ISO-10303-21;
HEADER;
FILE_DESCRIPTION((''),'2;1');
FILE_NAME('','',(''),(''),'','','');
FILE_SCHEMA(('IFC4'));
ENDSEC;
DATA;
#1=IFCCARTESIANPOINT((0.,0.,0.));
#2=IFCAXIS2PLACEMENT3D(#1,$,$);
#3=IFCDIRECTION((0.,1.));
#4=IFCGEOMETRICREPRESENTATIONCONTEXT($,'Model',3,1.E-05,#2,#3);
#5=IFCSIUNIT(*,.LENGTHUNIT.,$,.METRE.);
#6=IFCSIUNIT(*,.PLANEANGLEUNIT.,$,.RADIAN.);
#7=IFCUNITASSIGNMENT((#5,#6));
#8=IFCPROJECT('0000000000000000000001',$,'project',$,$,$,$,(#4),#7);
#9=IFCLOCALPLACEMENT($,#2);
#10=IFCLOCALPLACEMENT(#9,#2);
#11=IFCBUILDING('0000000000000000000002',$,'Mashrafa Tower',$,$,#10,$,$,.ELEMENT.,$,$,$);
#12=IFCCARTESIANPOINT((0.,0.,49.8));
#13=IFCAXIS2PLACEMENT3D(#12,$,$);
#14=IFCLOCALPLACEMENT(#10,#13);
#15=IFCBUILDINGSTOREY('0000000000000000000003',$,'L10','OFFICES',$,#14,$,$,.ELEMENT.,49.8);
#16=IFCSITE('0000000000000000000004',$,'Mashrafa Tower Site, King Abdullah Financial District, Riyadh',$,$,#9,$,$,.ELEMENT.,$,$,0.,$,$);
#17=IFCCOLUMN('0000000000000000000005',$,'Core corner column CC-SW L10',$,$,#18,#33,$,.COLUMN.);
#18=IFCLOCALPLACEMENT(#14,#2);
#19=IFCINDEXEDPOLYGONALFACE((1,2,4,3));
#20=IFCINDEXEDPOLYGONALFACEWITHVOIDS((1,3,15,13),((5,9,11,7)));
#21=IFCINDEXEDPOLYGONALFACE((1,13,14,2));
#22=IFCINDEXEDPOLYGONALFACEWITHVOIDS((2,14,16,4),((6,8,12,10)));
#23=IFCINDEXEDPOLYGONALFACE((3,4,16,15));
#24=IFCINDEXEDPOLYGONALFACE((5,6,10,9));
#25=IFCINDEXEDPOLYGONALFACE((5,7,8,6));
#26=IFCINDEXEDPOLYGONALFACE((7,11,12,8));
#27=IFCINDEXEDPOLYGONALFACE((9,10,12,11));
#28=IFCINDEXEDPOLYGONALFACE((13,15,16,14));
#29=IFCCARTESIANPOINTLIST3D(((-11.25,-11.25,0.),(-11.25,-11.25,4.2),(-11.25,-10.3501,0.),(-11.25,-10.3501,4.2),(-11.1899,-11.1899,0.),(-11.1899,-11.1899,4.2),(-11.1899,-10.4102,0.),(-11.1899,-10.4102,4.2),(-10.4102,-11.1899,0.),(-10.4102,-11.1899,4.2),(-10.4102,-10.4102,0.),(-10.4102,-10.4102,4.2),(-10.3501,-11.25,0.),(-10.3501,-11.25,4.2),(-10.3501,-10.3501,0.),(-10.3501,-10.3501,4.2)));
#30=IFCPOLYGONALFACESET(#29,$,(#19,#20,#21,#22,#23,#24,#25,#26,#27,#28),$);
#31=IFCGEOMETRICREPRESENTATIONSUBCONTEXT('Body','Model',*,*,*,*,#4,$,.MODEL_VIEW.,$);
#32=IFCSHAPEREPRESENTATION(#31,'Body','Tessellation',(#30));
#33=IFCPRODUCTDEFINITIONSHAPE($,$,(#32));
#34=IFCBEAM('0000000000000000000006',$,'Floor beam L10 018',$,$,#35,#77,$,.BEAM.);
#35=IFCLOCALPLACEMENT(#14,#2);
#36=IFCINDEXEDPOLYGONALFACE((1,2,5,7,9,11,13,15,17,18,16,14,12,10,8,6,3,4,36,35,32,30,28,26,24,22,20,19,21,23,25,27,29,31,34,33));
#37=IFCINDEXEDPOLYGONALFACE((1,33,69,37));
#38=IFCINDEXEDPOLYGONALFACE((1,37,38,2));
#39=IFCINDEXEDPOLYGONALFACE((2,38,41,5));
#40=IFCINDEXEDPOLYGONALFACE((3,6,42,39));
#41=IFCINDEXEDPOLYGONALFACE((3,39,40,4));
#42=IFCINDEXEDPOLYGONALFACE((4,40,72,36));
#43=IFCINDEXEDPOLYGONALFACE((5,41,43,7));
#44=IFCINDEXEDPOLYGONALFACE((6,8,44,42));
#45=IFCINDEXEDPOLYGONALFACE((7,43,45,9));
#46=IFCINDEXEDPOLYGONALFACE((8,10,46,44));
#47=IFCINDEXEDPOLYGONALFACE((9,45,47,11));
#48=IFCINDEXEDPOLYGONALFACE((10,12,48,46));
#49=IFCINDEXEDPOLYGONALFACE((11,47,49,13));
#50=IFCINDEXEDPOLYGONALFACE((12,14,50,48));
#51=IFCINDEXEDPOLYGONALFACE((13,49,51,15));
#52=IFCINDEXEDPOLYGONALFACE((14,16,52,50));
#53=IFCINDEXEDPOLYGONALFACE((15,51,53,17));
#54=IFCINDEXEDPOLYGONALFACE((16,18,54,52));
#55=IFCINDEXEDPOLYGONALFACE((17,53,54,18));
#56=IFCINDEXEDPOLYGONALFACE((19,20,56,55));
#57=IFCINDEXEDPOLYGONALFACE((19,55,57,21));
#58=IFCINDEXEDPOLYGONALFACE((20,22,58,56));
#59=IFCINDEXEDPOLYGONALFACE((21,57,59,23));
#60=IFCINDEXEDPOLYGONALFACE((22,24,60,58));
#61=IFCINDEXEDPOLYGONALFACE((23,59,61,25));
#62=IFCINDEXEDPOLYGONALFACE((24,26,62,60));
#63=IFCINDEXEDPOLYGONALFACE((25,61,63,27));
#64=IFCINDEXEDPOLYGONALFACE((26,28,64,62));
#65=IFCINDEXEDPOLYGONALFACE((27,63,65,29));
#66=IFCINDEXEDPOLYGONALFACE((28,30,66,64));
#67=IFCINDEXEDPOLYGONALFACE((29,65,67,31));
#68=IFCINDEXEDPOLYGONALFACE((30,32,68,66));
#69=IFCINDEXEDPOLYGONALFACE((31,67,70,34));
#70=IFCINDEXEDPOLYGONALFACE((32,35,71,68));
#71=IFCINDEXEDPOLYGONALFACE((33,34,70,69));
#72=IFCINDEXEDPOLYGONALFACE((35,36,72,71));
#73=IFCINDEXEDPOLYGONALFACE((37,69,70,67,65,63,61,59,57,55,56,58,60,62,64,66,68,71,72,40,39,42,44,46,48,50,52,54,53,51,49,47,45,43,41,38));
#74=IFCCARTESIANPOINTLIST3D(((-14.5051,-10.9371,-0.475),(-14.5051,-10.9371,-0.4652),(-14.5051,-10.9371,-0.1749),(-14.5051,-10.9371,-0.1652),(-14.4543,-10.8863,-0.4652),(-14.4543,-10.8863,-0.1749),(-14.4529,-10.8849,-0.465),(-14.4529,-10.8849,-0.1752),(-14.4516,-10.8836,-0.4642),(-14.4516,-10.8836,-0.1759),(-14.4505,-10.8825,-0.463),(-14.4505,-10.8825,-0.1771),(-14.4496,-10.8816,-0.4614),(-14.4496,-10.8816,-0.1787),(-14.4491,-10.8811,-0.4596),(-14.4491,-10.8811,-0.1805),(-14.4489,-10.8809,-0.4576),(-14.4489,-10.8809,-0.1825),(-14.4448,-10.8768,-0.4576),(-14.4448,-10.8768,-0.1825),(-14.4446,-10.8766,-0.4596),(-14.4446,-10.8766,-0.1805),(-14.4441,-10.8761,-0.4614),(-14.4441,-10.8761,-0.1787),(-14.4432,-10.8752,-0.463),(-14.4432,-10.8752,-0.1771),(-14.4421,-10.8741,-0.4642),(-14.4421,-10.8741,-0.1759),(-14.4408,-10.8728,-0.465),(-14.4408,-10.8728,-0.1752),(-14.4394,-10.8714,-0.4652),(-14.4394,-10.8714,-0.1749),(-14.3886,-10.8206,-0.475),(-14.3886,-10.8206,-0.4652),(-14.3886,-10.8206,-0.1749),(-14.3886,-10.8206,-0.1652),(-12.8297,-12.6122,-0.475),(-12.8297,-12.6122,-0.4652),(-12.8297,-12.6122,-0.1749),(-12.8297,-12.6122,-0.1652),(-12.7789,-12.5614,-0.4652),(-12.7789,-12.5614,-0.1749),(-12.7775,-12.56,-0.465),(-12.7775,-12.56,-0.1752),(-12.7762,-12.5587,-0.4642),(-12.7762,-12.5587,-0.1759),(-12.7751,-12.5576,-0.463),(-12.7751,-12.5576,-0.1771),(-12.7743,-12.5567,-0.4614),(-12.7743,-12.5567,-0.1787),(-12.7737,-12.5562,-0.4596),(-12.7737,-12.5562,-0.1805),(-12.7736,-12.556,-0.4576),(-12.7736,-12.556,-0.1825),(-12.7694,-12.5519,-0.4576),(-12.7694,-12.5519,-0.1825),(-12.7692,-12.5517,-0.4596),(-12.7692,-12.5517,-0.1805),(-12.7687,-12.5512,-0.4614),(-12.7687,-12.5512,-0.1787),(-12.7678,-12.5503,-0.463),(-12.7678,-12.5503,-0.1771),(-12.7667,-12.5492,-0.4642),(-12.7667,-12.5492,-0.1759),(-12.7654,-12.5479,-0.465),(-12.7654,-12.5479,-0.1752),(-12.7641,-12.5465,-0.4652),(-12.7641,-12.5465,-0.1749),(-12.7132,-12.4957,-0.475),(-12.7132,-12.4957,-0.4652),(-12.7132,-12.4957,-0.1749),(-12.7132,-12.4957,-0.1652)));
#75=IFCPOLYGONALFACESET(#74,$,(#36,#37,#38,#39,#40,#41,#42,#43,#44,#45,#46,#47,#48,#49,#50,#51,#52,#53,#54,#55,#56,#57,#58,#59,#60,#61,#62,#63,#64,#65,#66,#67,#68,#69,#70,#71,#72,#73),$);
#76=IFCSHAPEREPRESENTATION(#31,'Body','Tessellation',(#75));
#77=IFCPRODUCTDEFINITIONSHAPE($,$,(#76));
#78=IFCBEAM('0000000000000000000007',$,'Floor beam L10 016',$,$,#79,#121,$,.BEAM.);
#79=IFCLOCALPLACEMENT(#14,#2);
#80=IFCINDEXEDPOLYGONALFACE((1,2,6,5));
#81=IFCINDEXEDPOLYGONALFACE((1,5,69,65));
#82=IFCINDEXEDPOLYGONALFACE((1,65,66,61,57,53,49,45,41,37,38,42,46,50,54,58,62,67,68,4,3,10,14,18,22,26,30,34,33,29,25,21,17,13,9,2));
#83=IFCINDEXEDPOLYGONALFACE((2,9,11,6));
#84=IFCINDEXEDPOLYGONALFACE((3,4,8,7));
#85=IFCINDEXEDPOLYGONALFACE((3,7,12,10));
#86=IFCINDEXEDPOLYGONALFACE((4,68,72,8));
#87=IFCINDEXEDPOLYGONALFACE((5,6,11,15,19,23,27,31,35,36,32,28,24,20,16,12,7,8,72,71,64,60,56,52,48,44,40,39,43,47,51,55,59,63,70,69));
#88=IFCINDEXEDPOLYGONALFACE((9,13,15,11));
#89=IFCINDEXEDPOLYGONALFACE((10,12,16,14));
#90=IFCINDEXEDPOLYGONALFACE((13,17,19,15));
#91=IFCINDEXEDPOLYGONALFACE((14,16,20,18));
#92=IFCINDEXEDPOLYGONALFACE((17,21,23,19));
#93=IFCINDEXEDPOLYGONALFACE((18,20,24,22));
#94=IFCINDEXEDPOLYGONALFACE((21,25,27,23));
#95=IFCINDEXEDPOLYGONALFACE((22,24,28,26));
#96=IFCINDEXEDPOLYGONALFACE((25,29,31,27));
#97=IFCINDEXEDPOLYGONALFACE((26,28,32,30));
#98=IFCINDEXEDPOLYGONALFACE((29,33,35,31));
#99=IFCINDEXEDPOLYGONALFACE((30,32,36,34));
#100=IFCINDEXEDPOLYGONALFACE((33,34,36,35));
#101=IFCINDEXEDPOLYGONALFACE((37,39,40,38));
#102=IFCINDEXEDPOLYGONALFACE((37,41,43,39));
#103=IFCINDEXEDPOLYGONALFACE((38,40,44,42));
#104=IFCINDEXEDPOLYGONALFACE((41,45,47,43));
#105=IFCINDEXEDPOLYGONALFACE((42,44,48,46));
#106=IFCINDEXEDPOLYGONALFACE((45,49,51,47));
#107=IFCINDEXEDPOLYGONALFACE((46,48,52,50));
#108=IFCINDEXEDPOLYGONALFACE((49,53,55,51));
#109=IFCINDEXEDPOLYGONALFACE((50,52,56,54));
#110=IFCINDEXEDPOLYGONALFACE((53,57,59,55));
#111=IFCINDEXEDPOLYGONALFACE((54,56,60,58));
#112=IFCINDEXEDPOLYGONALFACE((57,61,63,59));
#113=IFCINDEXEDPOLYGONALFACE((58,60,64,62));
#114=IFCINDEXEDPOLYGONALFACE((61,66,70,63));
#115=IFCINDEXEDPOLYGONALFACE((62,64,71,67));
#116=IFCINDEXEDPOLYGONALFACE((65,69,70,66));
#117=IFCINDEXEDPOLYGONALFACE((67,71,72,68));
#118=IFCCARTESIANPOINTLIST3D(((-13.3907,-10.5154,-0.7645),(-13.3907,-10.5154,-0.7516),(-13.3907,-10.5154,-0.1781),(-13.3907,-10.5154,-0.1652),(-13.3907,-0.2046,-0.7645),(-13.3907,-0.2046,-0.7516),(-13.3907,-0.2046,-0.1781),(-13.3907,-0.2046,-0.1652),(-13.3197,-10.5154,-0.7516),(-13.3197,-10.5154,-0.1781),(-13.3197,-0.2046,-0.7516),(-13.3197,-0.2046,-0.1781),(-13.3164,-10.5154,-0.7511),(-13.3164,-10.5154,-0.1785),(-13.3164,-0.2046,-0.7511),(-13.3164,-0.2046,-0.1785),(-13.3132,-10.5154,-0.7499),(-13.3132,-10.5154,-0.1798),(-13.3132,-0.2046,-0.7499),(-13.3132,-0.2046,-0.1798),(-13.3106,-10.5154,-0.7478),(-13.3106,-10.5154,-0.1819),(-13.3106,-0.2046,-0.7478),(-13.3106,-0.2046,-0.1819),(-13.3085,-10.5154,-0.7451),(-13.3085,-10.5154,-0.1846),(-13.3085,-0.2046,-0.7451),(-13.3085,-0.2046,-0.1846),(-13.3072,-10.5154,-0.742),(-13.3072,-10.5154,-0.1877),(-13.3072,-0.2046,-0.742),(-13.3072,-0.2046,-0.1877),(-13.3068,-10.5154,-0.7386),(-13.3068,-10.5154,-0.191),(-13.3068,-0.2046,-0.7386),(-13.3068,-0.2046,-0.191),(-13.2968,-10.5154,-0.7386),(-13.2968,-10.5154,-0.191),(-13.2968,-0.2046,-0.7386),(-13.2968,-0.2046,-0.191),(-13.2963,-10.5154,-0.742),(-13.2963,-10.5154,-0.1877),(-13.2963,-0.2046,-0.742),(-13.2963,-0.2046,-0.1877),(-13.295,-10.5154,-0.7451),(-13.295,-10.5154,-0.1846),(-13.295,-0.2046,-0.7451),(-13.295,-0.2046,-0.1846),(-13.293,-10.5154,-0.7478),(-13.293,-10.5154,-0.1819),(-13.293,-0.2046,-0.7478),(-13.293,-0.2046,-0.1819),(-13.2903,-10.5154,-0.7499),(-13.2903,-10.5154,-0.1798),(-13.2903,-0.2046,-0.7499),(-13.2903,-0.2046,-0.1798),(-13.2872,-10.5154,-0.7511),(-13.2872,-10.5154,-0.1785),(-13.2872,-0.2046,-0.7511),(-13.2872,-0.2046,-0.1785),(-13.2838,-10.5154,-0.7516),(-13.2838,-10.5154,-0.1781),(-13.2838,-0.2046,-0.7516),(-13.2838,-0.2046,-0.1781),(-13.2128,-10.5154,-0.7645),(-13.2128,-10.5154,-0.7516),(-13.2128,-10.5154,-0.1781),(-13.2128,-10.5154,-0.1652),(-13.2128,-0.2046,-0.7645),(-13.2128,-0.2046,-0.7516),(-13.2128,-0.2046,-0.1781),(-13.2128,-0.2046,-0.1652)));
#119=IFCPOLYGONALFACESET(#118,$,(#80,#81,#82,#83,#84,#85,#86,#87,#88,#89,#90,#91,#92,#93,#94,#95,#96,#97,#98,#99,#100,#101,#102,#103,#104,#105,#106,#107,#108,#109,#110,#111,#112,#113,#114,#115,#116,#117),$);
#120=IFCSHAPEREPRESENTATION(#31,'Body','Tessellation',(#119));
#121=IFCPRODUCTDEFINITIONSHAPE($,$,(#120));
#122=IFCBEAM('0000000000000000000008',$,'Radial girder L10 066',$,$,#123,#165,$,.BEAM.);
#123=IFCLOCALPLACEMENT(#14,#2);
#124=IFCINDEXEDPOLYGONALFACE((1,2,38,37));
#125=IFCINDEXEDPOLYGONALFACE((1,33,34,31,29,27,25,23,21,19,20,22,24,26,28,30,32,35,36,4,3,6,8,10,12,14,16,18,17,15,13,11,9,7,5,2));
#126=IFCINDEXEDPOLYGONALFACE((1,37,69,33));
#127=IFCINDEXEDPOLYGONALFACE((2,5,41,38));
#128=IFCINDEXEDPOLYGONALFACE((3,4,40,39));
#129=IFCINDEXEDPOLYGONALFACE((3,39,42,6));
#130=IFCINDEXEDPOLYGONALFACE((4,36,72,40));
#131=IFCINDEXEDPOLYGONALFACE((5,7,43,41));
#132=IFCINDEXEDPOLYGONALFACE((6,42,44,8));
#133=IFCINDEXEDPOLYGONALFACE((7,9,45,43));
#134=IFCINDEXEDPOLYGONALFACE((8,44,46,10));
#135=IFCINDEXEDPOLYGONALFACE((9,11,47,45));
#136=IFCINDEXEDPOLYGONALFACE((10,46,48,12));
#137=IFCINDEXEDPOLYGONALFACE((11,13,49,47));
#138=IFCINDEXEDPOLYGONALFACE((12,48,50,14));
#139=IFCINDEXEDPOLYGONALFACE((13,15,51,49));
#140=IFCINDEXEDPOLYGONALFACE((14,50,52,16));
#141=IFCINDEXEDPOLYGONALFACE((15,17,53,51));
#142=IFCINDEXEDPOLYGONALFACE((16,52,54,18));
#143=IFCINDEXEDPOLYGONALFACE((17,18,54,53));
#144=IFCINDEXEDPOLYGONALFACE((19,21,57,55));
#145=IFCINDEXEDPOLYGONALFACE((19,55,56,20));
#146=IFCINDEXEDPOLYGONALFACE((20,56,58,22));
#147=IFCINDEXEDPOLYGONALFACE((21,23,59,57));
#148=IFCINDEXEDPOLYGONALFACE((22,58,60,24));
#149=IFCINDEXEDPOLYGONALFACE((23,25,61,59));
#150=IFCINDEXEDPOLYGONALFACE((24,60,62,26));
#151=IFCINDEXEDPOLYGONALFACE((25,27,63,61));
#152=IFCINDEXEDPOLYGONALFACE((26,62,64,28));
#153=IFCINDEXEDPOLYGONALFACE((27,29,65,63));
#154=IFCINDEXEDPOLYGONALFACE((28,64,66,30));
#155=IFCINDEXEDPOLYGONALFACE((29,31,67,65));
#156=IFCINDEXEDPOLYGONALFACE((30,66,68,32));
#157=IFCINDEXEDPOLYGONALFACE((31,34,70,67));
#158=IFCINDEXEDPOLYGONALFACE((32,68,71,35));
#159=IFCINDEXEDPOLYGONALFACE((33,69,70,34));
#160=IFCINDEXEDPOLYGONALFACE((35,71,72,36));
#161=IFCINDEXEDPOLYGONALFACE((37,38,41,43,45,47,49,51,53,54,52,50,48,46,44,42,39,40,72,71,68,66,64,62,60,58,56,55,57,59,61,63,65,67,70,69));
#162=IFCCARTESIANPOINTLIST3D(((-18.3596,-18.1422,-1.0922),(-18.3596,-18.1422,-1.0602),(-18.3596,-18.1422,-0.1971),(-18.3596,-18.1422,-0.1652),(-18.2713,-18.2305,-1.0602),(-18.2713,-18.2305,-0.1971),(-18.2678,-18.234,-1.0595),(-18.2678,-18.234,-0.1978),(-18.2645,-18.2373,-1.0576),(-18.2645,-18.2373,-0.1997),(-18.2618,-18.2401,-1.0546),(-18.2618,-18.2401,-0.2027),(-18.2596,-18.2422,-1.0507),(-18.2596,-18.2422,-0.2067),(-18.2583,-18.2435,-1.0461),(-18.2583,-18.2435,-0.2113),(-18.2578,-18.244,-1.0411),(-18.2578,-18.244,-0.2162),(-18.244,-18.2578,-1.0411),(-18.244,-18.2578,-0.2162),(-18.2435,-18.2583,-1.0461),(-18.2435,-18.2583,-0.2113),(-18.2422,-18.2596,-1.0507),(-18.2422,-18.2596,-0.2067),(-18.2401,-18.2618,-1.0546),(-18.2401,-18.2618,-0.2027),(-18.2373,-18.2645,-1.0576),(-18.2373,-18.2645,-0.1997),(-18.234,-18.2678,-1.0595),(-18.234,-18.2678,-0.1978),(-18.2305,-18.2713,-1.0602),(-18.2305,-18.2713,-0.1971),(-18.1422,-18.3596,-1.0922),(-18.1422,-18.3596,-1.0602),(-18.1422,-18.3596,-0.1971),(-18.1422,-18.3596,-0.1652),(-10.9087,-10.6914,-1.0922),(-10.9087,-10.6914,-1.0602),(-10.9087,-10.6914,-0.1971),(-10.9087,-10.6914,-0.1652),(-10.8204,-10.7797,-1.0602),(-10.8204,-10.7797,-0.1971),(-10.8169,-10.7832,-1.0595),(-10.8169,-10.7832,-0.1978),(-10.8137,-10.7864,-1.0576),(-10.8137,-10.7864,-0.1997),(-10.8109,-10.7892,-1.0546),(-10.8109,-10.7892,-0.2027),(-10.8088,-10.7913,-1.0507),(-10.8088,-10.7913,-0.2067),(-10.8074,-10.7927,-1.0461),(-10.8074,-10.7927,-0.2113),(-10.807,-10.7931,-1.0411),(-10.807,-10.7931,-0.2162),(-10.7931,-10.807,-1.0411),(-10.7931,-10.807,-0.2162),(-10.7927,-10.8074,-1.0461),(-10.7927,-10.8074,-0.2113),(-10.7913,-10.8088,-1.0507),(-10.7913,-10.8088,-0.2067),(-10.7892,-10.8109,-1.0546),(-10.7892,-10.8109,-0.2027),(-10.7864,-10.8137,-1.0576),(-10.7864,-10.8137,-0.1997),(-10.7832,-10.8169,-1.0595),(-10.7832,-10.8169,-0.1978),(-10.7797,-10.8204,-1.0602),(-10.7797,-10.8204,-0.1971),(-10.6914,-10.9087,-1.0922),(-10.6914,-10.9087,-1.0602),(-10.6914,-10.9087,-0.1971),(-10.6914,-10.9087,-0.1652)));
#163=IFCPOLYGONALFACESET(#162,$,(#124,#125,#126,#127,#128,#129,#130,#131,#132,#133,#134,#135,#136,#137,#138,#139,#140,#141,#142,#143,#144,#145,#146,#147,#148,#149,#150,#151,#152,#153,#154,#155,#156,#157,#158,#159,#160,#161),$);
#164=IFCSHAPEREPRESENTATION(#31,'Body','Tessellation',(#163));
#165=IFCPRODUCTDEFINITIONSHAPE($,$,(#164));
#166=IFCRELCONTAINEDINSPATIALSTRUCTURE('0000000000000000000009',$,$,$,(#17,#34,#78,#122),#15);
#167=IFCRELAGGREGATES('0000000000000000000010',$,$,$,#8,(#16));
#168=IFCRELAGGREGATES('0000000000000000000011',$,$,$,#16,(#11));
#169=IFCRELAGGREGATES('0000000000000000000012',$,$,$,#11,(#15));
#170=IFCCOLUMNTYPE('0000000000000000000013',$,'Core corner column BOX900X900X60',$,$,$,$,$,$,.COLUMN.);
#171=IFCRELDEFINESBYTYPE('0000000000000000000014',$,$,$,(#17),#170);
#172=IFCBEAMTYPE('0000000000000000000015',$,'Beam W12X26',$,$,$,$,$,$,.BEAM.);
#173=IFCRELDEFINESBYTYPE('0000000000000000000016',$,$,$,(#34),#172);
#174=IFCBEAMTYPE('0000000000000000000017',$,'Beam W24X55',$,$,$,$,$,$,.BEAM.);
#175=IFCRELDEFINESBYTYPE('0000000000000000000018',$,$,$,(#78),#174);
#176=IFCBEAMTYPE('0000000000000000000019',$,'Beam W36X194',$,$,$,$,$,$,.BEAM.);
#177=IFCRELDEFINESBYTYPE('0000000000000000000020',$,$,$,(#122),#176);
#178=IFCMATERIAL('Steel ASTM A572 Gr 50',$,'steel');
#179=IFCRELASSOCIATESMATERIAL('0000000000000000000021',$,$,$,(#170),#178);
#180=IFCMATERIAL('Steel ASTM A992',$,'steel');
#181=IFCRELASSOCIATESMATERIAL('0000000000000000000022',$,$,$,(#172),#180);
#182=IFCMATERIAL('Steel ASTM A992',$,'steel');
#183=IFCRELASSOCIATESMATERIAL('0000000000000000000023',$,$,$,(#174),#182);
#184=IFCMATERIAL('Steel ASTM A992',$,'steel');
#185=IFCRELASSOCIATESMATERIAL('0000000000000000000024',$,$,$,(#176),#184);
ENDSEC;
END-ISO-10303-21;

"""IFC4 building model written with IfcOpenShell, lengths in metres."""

from ifc_helpers import new_model, si_unit, direction, frame, origin, origin_2d, place, context, subcontext, project, spatial, hollow_rectangle, i_section, extrude, material, material_profile, profile_set, type_object, element, save


model = new_model("IFC4")

# Units and contexts
model_context = context("Model", 3, precision=1e-05, world=origin(), true_north=direction((0.0, 1.0)))
body_context = subcontext(model_context, "Body", "Model", "MODEL_VIEW")
ifc_project = project(units=[si_unit("LENGTHUNIT", "METRE"), si_unit("PLANEANGLEUNIT", "RADIAN")], contexts=[model_context])

# Site, building, storey
site_placement = place(None, origin())
site = spatial("IfcSite", under=ifc_project, at=site_placement, Name="Mashrafa Tower Site, King Abdullah Financial District, Riyadh", CompositionType="ELEMENT", RefElevation=0.0)
building_placement = place(site_placement, origin())
building = spatial("IfcBuilding", under=site, at=building_placement, Name="Mashrafa Tower", CompositionType="ELEMENT")
storey_placement = place(building_placement, frame((0.0, 0.0, 49.8)))
storey = spatial("IfcBuildingStorey", under=building, at=storey_placement, Name="L10", Description="OFFICES", CompositionType="ELEMENT", Elevation=49.8)

# Column
ifc_material_1 = material(Name="Steel ASTM A572 Gr 50", Category="steel")
ifc_material_profile_1 = material_profile(ifc_material_1, hollow_rectangle(XDim=0.8999, YDim=0.8999, WallThickness=0.0601, at=origin_2d()), Name="BOX900X900X60")
ifc_profile_set_1 = profile_set([ifc_material_profile_1], Name="Steel ASTM A572 Gr 50")
column_type = type_object("IfcColumnType", Name="Core corner column BOX900X900X60", PredefinedType="COLUMN", material=ifc_profile_set_1)
column_placement = place(storey_placement, frame((-10.8, -10.8, 0.0), z_axis=(0.0, 0.0, 1.0), x_axis=(1.0, 0.0, 0.0)))
element("IfcColumn", 1, at=column_placement, inside=storey, type_object=column_type, Name="Core corner column CC-SW L10", PredefinedType="COLUMN", context=body_context, shape_type="SweptSolid", body=[
    extrude(hollow_rectangle(XDim=0.8999, YDim=0.8999, WallThickness=0.0601, at=origin_2d()), origin(), (0.0, 0.0, 1.0), 4.2),
])

# Beams
ifc_material_2 = material(Name="Steel ASTM A992", Category="steel")
ifc_material_profile_2 = material_profile(ifc_material_2, i_section(OverallWidth=0.1648, OverallDepth=0.3098, WebThickness=0.0059, FlangeThickness=0.0098, FilletRadius=0.0076, at=origin_2d()), Name="W12X26")
ifc_profile_set_2 = profile_set([ifc_material_profile_2], Name="Steel ASTM A992")
beam_type_1 = type_object("IfcBeamType", Name="Beam W12X26", PredefinedType="BEAM", material=ifc_profile_set_2)
beam_1_placement = place(storey_placement, frame((-12.7715, -12.554, -0.3201), z_axis=(-0.707158, 0.707055, 0.0), x_axis=(-0.707055, -0.707158, 0.0)))
element("IfcBeam", 2, at=beam_1_placement, inside=storey, type_object=beam_type_1, Name="Floor beam L10 018", PredefinedType="BEAM", context=body_context, shape_type="SweptSolid", body=[
    extrude(i_section(OverallWidth=0.1648, OverallDepth=0.3098, WebThickness=0.0059, FlangeThickness=0.0098, FilletRadius=0.0076, at=origin_2d()), origin(), (0.0, 0.0, 1.0), 2.3691),
])
ifc_material_3 = material(Name="Steel ASTM A992", Category="steel")
ifc_material_profile_3 = material_profile(ifc_material_3, i_section(OverallWidth=0.178, OverallDepth=0.5994, WebThickness=0.01, FlangeThickness=0.0129, FilletRadius=0.0129, at=origin_2d()), Name="W24X55")
ifc_profile_set_3 = profile_set([ifc_material_profile_3], Name="Steel ASTM A992")
beam_type_2 = type_object("IfcBeamType", Name="Beam W24X55", PredefinedType="BEAM", material=ifc_profile_set_3)
beam_2_placement = place(storey_placement, frame((-13.3018, -10.5154, -0.4648), z_axis=(0.0, 1.0, 0.0), x_axis=(-1.0, 0.0, 0.0)))
element("IfcBeam", 3, at=beam_2_placement, inside=storey, type_object=beam_type_2, Name="Floor beam L10 016", PredefinedType="BEAM", context=body_context, shape_type="SweptSolid", body=[
    extrude(i_section(OverallWidth=0.178, OverallDepth=0.5994, WebThickness=0.01, FlangeThickness=0.0129, FilletRadius=0.0129, at=origin_2d()), origin(), (0.0, 0.0, 1.0), 10.3108),
])
ifc_material_4 = material(Name="Steel ASTM A992", Category="steel")
ifc_material_profile_4 = material_profile(ifc_material_4, i_section(OverallWidth=0.3074, OverallDepth=0.927, WebThickness=0.0195, FlangeThickness=0.032, FilletRadius=0.019, at=origin_2d()), Name="W36X194")
ifc_profile_set_4 = profile_set([ifc_material_profile_4], Name="Steel ASTM A992")
beam_type_3 = type_object("IfcBeamType", Name="Beam W36X194", PredefinedType="BEAM", material=ifc_profile_set_4)
beam_3_placement = place(storey_placement, frame((-10.8, -10.8, -0.6287), z_axis=(-0.707107, -0.707107, 0.0), x_axis=(0.707107, -0.707107, 0.0)))
element("IfcBeam", 4, at=beam_3_placement, inside=storey, type_object=beam_type_3, Name="Radial girder L10 066", PredefinedType="BEAM", context=body_context, shape_type="SweptSolid", body=[
    extrude(i_section(OverallWidth=0.3074, OverallDepth=0.927, WebThickness=0.0195, FlangeThickness=0.032, FilletRadius=0.019, at=origin_2d()), origin(), (0.0, 0.0, 1.0), 10.5371),
])

save(model, "model.ifc")
